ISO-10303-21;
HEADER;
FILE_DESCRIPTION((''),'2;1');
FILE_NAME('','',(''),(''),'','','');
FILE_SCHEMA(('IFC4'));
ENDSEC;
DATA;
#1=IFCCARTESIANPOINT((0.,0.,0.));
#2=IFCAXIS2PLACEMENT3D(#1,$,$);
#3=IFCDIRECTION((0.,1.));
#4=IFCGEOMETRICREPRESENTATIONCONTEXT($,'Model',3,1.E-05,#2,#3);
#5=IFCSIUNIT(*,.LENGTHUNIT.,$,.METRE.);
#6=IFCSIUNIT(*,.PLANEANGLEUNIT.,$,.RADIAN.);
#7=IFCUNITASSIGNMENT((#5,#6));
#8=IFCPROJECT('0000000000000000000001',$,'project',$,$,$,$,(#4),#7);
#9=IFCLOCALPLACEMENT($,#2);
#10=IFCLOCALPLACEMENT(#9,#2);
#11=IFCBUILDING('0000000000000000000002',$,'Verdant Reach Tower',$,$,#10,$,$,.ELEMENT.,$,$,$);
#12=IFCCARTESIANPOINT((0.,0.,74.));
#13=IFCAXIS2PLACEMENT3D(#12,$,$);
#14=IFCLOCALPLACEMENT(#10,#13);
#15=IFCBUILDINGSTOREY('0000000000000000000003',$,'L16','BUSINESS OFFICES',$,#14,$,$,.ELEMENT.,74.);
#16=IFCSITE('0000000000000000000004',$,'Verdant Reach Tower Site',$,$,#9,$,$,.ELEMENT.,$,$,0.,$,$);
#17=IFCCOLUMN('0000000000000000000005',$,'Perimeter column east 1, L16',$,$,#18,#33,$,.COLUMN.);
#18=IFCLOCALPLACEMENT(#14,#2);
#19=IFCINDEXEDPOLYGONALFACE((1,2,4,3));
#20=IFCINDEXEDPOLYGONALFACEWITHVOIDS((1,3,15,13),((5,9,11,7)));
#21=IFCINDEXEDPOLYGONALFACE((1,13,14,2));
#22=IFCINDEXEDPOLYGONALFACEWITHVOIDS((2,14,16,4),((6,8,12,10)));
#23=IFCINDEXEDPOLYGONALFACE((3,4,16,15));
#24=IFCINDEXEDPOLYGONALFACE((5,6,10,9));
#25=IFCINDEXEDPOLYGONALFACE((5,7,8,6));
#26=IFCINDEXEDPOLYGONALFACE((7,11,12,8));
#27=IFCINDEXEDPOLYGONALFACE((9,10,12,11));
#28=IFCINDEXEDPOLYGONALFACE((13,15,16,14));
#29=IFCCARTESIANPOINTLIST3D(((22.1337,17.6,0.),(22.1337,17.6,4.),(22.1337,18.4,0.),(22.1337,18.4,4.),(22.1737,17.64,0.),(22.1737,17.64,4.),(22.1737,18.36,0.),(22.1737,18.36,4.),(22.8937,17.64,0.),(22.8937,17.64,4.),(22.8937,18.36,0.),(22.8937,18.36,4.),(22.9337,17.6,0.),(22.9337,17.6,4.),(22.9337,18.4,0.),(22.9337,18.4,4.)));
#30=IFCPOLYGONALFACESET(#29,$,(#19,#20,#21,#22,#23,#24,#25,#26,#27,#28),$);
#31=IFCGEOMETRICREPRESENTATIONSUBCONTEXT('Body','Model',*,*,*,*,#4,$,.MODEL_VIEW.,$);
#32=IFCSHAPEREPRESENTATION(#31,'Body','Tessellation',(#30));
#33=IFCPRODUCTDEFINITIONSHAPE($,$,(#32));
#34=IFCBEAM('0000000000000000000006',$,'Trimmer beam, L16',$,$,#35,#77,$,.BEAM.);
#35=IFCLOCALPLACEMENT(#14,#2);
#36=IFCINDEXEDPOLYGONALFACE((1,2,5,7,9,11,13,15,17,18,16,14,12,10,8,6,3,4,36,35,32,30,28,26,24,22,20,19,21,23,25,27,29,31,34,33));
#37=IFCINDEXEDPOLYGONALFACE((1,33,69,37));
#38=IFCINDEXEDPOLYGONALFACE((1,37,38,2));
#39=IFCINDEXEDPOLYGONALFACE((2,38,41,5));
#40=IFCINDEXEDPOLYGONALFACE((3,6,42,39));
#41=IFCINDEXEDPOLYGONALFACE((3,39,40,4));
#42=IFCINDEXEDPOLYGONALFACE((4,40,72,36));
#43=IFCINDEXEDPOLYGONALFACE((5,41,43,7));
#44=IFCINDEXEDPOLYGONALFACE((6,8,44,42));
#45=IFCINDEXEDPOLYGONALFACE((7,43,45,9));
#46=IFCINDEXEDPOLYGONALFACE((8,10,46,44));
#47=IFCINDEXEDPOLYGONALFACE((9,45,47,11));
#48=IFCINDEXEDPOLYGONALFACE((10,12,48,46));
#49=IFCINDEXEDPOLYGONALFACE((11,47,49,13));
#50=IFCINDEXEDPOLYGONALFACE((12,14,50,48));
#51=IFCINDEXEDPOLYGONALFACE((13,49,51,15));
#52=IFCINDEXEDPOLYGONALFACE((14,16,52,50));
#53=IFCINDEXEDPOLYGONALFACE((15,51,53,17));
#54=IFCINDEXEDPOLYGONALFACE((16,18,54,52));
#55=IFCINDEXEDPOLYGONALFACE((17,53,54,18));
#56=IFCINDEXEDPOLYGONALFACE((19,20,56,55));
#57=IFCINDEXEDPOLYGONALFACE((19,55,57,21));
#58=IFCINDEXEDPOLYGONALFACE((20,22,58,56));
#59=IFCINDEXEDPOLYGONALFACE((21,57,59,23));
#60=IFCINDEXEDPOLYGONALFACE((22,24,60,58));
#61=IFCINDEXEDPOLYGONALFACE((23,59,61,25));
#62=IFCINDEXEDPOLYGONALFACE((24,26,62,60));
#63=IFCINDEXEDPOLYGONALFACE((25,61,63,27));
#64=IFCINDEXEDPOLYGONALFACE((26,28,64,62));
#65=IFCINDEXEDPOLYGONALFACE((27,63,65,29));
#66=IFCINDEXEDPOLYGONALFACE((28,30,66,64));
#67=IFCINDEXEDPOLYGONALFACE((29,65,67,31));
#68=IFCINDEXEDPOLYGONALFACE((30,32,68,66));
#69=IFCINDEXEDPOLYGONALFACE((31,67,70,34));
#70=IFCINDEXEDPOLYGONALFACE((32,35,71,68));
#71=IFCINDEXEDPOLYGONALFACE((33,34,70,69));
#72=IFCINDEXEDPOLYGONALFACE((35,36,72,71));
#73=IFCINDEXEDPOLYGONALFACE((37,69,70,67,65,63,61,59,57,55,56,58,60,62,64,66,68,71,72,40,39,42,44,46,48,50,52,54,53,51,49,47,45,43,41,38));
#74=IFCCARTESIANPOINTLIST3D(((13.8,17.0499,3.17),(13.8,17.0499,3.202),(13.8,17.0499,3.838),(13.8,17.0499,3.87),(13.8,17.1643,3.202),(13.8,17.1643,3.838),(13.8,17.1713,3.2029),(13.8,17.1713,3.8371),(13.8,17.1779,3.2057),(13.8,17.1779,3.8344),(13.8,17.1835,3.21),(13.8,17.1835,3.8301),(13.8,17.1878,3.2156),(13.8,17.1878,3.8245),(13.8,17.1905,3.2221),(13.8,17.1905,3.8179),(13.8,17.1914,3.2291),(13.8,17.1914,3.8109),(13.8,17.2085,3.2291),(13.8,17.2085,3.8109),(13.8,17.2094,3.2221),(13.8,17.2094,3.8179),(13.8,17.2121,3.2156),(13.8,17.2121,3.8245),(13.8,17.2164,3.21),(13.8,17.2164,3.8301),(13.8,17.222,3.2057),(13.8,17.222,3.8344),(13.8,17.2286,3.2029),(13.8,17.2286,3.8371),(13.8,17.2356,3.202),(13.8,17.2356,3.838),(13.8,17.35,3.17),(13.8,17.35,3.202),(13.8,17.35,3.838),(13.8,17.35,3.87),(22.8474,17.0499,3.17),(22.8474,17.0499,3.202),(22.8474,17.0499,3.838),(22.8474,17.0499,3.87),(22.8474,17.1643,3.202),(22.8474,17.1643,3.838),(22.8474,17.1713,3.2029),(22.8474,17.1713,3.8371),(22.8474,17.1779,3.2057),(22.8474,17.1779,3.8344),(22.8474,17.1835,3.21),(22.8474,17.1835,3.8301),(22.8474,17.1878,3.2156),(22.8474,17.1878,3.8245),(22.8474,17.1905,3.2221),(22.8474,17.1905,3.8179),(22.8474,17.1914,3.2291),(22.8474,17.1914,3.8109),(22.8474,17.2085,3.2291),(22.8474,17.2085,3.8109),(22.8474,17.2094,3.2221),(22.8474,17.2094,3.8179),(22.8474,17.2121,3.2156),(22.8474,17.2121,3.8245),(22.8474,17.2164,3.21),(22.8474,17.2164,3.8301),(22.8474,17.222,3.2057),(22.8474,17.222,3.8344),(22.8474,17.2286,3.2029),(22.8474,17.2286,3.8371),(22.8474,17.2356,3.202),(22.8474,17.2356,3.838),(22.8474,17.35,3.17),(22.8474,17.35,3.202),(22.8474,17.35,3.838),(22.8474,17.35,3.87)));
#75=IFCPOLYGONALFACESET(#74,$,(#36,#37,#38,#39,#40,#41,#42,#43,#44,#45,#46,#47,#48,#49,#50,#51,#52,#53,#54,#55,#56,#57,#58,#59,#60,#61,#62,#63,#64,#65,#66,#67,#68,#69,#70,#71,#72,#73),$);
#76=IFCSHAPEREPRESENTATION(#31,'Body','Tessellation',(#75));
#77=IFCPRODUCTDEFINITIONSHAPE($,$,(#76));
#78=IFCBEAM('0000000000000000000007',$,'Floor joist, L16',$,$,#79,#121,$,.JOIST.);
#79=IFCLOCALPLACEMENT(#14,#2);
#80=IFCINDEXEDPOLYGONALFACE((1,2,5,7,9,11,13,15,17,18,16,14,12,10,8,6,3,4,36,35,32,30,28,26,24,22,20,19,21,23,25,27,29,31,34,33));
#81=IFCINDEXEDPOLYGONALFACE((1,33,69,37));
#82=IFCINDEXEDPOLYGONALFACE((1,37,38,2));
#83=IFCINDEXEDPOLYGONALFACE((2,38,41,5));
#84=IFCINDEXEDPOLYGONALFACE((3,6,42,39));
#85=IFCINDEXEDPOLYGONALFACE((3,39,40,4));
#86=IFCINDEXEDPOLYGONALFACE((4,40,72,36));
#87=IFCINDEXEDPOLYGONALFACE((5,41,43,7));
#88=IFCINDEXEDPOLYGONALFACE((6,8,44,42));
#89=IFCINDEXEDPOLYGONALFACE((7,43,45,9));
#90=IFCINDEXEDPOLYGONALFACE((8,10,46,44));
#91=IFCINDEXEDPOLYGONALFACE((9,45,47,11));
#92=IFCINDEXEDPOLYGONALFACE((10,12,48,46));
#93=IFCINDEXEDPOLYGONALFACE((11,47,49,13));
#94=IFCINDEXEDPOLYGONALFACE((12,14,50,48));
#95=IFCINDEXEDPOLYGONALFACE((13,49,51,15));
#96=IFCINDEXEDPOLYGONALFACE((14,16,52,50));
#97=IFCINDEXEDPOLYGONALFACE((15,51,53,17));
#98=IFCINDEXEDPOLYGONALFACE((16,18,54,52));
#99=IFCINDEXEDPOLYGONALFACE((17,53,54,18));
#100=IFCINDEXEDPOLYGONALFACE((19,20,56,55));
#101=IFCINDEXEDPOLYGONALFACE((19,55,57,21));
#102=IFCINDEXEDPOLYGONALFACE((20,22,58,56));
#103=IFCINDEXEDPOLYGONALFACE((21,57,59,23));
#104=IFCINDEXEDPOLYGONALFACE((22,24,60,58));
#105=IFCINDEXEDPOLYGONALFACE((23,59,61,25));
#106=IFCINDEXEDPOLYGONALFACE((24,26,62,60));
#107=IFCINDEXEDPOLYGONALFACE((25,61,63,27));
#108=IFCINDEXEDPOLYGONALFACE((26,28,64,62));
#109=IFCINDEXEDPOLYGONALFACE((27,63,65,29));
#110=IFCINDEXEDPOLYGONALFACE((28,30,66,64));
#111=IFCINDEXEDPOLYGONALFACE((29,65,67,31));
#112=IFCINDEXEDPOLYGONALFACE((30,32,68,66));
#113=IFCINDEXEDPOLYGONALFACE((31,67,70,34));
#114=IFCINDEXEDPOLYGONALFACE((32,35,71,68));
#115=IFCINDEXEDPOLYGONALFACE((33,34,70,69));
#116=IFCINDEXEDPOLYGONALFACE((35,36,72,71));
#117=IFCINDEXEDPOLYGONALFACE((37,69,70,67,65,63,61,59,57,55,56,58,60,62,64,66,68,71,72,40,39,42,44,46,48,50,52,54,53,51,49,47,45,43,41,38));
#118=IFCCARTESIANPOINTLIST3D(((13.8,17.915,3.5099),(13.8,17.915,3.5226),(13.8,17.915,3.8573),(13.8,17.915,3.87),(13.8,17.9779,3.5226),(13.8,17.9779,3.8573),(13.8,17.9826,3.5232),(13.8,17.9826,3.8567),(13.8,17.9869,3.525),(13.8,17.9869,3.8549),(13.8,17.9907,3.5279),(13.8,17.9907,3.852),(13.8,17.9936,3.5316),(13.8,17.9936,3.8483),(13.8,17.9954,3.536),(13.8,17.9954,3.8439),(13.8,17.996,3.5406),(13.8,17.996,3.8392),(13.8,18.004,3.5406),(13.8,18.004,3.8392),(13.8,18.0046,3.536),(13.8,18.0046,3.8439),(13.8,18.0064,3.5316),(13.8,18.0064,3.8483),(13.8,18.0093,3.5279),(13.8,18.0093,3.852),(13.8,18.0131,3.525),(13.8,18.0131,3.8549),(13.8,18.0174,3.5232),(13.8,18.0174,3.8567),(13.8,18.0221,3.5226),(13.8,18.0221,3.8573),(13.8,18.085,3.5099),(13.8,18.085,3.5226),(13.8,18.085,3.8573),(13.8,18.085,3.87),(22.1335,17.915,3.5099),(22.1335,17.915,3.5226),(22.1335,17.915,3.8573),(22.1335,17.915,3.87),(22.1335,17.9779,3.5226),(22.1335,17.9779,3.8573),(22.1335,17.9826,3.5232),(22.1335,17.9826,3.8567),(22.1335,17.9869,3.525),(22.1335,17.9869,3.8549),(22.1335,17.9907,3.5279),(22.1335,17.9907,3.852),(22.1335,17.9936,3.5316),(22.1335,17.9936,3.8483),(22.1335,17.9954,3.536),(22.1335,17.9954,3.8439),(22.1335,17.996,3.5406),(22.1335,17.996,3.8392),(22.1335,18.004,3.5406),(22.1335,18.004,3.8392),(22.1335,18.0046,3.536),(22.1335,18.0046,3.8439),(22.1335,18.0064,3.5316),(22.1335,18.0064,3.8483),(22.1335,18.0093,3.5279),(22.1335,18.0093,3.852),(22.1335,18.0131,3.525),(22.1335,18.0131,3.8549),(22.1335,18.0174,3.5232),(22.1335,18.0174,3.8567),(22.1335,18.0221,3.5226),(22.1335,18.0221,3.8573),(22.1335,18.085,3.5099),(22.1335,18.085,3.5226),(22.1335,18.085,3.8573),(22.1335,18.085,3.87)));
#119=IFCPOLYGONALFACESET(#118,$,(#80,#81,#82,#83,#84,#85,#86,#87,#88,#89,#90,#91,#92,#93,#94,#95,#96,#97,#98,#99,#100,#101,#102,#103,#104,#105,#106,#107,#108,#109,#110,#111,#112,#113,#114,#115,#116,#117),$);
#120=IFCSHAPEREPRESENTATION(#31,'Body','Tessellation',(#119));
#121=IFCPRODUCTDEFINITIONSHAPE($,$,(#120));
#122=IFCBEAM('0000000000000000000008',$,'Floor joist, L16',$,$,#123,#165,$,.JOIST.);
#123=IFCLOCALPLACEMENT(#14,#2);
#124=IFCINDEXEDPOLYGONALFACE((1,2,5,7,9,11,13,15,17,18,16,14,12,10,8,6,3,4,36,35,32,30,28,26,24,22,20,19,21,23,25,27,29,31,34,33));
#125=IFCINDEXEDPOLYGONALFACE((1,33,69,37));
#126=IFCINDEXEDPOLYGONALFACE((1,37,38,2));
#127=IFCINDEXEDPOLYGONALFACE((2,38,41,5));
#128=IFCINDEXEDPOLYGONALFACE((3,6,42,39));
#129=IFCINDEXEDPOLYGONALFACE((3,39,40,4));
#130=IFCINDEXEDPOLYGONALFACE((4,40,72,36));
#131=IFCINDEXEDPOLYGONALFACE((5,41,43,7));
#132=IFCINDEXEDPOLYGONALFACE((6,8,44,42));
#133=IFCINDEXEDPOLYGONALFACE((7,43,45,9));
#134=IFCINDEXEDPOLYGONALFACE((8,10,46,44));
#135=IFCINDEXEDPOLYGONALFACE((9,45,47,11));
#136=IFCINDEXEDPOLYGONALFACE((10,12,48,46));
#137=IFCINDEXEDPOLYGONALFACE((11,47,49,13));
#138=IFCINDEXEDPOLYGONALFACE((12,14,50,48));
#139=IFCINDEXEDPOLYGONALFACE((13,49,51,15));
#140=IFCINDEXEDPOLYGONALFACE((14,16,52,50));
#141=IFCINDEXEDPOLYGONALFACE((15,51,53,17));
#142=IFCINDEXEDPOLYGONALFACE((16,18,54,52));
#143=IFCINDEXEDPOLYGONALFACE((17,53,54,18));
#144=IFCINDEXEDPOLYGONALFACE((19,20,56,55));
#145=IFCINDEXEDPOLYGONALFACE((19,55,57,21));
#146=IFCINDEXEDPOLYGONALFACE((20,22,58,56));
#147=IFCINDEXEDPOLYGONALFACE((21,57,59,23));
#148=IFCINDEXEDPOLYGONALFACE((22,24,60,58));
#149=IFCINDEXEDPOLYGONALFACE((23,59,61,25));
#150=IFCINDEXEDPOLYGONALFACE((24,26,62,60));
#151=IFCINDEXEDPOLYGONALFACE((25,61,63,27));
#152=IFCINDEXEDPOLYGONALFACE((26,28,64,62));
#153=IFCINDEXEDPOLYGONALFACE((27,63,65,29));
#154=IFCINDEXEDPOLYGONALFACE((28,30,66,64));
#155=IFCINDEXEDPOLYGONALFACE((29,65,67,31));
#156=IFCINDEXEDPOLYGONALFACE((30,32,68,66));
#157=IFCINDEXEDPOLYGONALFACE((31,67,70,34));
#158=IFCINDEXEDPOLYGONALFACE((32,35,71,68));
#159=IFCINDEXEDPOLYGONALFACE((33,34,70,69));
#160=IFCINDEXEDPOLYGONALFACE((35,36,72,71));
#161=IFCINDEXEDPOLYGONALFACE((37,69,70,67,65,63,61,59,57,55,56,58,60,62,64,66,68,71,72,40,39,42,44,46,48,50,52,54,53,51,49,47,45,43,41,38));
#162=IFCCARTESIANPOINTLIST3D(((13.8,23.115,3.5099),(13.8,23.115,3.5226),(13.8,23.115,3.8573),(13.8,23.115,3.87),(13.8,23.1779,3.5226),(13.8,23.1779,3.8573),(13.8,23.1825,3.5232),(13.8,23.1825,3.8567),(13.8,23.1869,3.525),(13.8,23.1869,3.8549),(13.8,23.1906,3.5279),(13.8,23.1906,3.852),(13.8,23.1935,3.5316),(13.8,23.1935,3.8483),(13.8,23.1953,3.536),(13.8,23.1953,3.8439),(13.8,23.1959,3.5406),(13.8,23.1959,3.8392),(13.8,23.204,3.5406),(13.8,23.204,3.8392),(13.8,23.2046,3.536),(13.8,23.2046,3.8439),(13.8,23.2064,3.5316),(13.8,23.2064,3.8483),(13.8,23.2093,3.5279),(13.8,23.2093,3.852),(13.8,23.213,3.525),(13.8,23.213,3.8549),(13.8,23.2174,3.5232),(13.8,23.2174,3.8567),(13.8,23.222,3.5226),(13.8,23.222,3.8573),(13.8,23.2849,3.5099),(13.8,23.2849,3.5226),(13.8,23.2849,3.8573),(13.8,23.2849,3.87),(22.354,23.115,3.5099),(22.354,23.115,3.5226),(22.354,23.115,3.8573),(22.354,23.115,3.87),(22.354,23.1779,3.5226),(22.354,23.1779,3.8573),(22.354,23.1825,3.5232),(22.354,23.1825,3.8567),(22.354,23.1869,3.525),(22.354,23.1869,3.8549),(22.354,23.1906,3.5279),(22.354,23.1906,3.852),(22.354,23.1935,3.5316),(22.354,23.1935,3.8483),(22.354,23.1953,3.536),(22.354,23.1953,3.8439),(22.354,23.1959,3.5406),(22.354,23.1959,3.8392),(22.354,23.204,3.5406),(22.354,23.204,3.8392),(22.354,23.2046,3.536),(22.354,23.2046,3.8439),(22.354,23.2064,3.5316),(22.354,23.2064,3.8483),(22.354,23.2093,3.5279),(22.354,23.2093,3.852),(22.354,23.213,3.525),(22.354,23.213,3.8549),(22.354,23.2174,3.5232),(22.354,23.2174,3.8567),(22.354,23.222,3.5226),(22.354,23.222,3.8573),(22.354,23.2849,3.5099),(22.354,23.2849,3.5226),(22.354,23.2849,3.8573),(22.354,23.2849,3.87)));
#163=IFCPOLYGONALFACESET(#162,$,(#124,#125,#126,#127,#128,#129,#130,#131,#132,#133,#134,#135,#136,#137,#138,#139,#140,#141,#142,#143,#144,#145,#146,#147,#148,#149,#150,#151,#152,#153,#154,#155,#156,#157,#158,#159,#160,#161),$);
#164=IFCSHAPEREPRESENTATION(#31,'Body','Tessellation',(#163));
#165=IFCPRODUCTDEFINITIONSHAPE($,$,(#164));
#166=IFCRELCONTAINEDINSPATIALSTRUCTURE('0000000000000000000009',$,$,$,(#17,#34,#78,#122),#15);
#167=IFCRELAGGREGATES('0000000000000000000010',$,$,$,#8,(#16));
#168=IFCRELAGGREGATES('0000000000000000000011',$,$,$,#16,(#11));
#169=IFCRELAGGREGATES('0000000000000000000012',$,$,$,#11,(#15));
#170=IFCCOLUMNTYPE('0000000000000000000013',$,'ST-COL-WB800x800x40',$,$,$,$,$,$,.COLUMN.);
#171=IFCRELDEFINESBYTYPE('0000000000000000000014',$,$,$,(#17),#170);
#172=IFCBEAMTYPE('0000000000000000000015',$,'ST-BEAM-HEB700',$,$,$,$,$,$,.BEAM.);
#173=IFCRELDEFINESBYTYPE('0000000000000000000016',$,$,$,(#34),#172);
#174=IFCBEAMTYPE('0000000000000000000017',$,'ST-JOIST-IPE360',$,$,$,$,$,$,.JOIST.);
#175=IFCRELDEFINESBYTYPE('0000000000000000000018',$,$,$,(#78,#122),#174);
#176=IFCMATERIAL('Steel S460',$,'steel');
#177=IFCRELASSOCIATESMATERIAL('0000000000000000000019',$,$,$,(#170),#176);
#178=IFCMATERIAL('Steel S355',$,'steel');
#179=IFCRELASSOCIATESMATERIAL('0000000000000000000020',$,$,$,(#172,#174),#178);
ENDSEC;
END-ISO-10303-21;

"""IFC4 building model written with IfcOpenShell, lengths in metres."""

from ifc_helpers import new_model, si_unit, direction, frame, origin, origin_2d, place, context, subcontext, project, spatial, hollow_rectangle, i_section, extrude, material, material_profile, profile_set, type_object, element, save


model = new_model("IFC4")

# Units and contexts
model_context = context("Model", 3, precision=1e-05, world=origin(), true_north=direction((0.0, 1.0)))
body_context = subcontext(model_context, "Body", "Model", "MODEL_VIEW")
ifc_project = project(units=[si_unit("LENGTHUNIT", "METRE"), si_unit("PLANEANGLEUNIT", "RADIAN")], contexts=[model_context])

# Site, building, storey
site_placement = place(None, origin())
site = spatial("IfcSite", under=ifc_project, at=site_placement, Name="Verdant Reach Tower Site", CompositionType="ELEMENT", RefElevation=0.0)
building_placement = place(site_placement, origin())
building = spatial("IfcBuilding", under=site, at=building_placement, Name="Verdant Reach Tower", CompositionType="ELEMENT")
storey_placement = place(building_placement, frame((0.0, 0.0, 74.0)))
storey = spatial("IfcBuildingStorey", under=building, at=storey_placement, Name="L16", Description="BUSINESS OFFICES", CompositionType="ELEMENT", Elevation=74.0)

# Column
ifc_material_1 = material(Name="Steel S460", Category="steel")
ifc_material_profile_1 = material_profile(ifc_material_1, hollow_rectangle(XDim=0.8, YDim=0.8, WallThickness=0.04, at=origin_2d()), Name="WB 800x800x40")
ifc_profile_set_1 = profile_set([ifc_material_profile_1], Name="Steel S460")
column_type = type_object("IfcColumnType", Name="ST-COL-WB800x800x40", PredefinedType="COLUMN", material=ifc_profile_set_1)
column_placement = place(storey_placement, frame((22.5337, 18.0, 0.0), z_axis=(0.0, 0.0, 1.0), x_axis=(1.0, 0.0, 0.0)))
element("IfcColumn", 1, at=column_placement, inside=storey, type_object=column_type, Name="Perimeter column east 1, L16", PredefinedType="COLUMN", context=body_context, shape_type="SweptSolid", body=[
    extrude(hollow_rectangle(XDim=0.8, YDim=0.8, WallThickness=0.04, at=origin_2d()), origin(), (0.0, 0.0, 1.0), 4.0),
])

# Beams
ifc_material_2 = material(Name="Steel S355", Category="steel")
ifc_material_profile_2 = material_profile(ifc_material_2, i_section(OverallWidth=0.3, OverallDepth=0.7, WebThickness=0.0171, FlangeThickness=0.032, FilletRadius=0.0271, at=origin_2d()), Name="HEB 700")
ifc_profile_set_2 = profile_set([ifc_material_profile_2], Name="Steel S355")
beam_type_1 = type_object("IfcBeamType", Name="ST-BEAM-HEB700", PredefinedType="BEAM", material=ifc_profile_set_2)
beam_1_placement = place(storey_placement, frame((13.8, 17.2, 3.52), z_axis=(1.0, 0.0, 0.0), x_axis=(0.0, 1.0, 0.0)))
element("IfcBeam", 2, at=beam_1_placement, inside=storey, type_object=beam_type_1, Name="Trimmer beam, L16", PredefinedType="BEAM", context=body_context, shape_type="SweptSolid", body=[
    extrude(i_section(OverallWidth=0.3, OverallDepth=0.7, WebThickness=0.0171, FlangeThickness=0.032, FilletRadius=0.0271, at=origin_2d()), origin(), (0.0, 0.0, 1.0), 9.0474),
])
ifc_material_profile_3 = material_profile(ifc_material_2, i_section(OverallWidth=0.1699, OverallDepth=0.3601, WebThickness=0.0081, FlangeThickness=0.0127, FilletRadius=0.0181, at=origin_2d()), Name="IPE 360")
ifc_profile_set_3 = profile_set([ifc_material_profile_3], Name="Steel S355")
beam_type_2 = type_object("IfcBeamType", Name="ST-JOIST-IPE360", PredefinedType="JOIST", material=ifc_profile_set_3)
beam_2_placement = place(storey_placement, frame((13.8, 18.0, 3.6899), z_axis=(1.0, 0.0, 0.0), x_axis=(0.0, 1.0, 0.0)))
element("IfcBeam", 3, at=beam_2_placement, inside=storey, type_object=beam_type_2, Name="Floor joist, L16", PredefinedType="JOIST", context=body_context, shape_type="SweptSolid", body=[
    extrude(i_section(OverallWidth=0.1699, OverallDepth=0.3601, WebThickness=0.0081, FlangeThickness=0.0127, FilletRadius=0.0181, at=origin_2d()), origin(), (0.0, 0.0, 1.0), 8.3335),
])
beam_3_placement = place(storey_placement, frame((13.8, 23.2, 3.6899), z_axis=(1.0, 0.0, 0.0), x_axis=(0.0, 1.0, 0.0)))
element("IfcBeam", 4, at=beam_3_placement, inside=storey, type_object=beam_type_2, Name="Floor joist, L16", PredefinedType="JOIST", context=body_context, shape_type="SweptSolid", body=[
    extrude(i_section(OverallWidth=0.1699, OverallDepth=0.3601, WebThickness=0.0081, FlangeThickness=0.0127, FilletRadius=0.0181, at=origin_2d()), origin(), (0.0, 0.0, 1.0), 8.554),
])

save(model, "model.ifc")
